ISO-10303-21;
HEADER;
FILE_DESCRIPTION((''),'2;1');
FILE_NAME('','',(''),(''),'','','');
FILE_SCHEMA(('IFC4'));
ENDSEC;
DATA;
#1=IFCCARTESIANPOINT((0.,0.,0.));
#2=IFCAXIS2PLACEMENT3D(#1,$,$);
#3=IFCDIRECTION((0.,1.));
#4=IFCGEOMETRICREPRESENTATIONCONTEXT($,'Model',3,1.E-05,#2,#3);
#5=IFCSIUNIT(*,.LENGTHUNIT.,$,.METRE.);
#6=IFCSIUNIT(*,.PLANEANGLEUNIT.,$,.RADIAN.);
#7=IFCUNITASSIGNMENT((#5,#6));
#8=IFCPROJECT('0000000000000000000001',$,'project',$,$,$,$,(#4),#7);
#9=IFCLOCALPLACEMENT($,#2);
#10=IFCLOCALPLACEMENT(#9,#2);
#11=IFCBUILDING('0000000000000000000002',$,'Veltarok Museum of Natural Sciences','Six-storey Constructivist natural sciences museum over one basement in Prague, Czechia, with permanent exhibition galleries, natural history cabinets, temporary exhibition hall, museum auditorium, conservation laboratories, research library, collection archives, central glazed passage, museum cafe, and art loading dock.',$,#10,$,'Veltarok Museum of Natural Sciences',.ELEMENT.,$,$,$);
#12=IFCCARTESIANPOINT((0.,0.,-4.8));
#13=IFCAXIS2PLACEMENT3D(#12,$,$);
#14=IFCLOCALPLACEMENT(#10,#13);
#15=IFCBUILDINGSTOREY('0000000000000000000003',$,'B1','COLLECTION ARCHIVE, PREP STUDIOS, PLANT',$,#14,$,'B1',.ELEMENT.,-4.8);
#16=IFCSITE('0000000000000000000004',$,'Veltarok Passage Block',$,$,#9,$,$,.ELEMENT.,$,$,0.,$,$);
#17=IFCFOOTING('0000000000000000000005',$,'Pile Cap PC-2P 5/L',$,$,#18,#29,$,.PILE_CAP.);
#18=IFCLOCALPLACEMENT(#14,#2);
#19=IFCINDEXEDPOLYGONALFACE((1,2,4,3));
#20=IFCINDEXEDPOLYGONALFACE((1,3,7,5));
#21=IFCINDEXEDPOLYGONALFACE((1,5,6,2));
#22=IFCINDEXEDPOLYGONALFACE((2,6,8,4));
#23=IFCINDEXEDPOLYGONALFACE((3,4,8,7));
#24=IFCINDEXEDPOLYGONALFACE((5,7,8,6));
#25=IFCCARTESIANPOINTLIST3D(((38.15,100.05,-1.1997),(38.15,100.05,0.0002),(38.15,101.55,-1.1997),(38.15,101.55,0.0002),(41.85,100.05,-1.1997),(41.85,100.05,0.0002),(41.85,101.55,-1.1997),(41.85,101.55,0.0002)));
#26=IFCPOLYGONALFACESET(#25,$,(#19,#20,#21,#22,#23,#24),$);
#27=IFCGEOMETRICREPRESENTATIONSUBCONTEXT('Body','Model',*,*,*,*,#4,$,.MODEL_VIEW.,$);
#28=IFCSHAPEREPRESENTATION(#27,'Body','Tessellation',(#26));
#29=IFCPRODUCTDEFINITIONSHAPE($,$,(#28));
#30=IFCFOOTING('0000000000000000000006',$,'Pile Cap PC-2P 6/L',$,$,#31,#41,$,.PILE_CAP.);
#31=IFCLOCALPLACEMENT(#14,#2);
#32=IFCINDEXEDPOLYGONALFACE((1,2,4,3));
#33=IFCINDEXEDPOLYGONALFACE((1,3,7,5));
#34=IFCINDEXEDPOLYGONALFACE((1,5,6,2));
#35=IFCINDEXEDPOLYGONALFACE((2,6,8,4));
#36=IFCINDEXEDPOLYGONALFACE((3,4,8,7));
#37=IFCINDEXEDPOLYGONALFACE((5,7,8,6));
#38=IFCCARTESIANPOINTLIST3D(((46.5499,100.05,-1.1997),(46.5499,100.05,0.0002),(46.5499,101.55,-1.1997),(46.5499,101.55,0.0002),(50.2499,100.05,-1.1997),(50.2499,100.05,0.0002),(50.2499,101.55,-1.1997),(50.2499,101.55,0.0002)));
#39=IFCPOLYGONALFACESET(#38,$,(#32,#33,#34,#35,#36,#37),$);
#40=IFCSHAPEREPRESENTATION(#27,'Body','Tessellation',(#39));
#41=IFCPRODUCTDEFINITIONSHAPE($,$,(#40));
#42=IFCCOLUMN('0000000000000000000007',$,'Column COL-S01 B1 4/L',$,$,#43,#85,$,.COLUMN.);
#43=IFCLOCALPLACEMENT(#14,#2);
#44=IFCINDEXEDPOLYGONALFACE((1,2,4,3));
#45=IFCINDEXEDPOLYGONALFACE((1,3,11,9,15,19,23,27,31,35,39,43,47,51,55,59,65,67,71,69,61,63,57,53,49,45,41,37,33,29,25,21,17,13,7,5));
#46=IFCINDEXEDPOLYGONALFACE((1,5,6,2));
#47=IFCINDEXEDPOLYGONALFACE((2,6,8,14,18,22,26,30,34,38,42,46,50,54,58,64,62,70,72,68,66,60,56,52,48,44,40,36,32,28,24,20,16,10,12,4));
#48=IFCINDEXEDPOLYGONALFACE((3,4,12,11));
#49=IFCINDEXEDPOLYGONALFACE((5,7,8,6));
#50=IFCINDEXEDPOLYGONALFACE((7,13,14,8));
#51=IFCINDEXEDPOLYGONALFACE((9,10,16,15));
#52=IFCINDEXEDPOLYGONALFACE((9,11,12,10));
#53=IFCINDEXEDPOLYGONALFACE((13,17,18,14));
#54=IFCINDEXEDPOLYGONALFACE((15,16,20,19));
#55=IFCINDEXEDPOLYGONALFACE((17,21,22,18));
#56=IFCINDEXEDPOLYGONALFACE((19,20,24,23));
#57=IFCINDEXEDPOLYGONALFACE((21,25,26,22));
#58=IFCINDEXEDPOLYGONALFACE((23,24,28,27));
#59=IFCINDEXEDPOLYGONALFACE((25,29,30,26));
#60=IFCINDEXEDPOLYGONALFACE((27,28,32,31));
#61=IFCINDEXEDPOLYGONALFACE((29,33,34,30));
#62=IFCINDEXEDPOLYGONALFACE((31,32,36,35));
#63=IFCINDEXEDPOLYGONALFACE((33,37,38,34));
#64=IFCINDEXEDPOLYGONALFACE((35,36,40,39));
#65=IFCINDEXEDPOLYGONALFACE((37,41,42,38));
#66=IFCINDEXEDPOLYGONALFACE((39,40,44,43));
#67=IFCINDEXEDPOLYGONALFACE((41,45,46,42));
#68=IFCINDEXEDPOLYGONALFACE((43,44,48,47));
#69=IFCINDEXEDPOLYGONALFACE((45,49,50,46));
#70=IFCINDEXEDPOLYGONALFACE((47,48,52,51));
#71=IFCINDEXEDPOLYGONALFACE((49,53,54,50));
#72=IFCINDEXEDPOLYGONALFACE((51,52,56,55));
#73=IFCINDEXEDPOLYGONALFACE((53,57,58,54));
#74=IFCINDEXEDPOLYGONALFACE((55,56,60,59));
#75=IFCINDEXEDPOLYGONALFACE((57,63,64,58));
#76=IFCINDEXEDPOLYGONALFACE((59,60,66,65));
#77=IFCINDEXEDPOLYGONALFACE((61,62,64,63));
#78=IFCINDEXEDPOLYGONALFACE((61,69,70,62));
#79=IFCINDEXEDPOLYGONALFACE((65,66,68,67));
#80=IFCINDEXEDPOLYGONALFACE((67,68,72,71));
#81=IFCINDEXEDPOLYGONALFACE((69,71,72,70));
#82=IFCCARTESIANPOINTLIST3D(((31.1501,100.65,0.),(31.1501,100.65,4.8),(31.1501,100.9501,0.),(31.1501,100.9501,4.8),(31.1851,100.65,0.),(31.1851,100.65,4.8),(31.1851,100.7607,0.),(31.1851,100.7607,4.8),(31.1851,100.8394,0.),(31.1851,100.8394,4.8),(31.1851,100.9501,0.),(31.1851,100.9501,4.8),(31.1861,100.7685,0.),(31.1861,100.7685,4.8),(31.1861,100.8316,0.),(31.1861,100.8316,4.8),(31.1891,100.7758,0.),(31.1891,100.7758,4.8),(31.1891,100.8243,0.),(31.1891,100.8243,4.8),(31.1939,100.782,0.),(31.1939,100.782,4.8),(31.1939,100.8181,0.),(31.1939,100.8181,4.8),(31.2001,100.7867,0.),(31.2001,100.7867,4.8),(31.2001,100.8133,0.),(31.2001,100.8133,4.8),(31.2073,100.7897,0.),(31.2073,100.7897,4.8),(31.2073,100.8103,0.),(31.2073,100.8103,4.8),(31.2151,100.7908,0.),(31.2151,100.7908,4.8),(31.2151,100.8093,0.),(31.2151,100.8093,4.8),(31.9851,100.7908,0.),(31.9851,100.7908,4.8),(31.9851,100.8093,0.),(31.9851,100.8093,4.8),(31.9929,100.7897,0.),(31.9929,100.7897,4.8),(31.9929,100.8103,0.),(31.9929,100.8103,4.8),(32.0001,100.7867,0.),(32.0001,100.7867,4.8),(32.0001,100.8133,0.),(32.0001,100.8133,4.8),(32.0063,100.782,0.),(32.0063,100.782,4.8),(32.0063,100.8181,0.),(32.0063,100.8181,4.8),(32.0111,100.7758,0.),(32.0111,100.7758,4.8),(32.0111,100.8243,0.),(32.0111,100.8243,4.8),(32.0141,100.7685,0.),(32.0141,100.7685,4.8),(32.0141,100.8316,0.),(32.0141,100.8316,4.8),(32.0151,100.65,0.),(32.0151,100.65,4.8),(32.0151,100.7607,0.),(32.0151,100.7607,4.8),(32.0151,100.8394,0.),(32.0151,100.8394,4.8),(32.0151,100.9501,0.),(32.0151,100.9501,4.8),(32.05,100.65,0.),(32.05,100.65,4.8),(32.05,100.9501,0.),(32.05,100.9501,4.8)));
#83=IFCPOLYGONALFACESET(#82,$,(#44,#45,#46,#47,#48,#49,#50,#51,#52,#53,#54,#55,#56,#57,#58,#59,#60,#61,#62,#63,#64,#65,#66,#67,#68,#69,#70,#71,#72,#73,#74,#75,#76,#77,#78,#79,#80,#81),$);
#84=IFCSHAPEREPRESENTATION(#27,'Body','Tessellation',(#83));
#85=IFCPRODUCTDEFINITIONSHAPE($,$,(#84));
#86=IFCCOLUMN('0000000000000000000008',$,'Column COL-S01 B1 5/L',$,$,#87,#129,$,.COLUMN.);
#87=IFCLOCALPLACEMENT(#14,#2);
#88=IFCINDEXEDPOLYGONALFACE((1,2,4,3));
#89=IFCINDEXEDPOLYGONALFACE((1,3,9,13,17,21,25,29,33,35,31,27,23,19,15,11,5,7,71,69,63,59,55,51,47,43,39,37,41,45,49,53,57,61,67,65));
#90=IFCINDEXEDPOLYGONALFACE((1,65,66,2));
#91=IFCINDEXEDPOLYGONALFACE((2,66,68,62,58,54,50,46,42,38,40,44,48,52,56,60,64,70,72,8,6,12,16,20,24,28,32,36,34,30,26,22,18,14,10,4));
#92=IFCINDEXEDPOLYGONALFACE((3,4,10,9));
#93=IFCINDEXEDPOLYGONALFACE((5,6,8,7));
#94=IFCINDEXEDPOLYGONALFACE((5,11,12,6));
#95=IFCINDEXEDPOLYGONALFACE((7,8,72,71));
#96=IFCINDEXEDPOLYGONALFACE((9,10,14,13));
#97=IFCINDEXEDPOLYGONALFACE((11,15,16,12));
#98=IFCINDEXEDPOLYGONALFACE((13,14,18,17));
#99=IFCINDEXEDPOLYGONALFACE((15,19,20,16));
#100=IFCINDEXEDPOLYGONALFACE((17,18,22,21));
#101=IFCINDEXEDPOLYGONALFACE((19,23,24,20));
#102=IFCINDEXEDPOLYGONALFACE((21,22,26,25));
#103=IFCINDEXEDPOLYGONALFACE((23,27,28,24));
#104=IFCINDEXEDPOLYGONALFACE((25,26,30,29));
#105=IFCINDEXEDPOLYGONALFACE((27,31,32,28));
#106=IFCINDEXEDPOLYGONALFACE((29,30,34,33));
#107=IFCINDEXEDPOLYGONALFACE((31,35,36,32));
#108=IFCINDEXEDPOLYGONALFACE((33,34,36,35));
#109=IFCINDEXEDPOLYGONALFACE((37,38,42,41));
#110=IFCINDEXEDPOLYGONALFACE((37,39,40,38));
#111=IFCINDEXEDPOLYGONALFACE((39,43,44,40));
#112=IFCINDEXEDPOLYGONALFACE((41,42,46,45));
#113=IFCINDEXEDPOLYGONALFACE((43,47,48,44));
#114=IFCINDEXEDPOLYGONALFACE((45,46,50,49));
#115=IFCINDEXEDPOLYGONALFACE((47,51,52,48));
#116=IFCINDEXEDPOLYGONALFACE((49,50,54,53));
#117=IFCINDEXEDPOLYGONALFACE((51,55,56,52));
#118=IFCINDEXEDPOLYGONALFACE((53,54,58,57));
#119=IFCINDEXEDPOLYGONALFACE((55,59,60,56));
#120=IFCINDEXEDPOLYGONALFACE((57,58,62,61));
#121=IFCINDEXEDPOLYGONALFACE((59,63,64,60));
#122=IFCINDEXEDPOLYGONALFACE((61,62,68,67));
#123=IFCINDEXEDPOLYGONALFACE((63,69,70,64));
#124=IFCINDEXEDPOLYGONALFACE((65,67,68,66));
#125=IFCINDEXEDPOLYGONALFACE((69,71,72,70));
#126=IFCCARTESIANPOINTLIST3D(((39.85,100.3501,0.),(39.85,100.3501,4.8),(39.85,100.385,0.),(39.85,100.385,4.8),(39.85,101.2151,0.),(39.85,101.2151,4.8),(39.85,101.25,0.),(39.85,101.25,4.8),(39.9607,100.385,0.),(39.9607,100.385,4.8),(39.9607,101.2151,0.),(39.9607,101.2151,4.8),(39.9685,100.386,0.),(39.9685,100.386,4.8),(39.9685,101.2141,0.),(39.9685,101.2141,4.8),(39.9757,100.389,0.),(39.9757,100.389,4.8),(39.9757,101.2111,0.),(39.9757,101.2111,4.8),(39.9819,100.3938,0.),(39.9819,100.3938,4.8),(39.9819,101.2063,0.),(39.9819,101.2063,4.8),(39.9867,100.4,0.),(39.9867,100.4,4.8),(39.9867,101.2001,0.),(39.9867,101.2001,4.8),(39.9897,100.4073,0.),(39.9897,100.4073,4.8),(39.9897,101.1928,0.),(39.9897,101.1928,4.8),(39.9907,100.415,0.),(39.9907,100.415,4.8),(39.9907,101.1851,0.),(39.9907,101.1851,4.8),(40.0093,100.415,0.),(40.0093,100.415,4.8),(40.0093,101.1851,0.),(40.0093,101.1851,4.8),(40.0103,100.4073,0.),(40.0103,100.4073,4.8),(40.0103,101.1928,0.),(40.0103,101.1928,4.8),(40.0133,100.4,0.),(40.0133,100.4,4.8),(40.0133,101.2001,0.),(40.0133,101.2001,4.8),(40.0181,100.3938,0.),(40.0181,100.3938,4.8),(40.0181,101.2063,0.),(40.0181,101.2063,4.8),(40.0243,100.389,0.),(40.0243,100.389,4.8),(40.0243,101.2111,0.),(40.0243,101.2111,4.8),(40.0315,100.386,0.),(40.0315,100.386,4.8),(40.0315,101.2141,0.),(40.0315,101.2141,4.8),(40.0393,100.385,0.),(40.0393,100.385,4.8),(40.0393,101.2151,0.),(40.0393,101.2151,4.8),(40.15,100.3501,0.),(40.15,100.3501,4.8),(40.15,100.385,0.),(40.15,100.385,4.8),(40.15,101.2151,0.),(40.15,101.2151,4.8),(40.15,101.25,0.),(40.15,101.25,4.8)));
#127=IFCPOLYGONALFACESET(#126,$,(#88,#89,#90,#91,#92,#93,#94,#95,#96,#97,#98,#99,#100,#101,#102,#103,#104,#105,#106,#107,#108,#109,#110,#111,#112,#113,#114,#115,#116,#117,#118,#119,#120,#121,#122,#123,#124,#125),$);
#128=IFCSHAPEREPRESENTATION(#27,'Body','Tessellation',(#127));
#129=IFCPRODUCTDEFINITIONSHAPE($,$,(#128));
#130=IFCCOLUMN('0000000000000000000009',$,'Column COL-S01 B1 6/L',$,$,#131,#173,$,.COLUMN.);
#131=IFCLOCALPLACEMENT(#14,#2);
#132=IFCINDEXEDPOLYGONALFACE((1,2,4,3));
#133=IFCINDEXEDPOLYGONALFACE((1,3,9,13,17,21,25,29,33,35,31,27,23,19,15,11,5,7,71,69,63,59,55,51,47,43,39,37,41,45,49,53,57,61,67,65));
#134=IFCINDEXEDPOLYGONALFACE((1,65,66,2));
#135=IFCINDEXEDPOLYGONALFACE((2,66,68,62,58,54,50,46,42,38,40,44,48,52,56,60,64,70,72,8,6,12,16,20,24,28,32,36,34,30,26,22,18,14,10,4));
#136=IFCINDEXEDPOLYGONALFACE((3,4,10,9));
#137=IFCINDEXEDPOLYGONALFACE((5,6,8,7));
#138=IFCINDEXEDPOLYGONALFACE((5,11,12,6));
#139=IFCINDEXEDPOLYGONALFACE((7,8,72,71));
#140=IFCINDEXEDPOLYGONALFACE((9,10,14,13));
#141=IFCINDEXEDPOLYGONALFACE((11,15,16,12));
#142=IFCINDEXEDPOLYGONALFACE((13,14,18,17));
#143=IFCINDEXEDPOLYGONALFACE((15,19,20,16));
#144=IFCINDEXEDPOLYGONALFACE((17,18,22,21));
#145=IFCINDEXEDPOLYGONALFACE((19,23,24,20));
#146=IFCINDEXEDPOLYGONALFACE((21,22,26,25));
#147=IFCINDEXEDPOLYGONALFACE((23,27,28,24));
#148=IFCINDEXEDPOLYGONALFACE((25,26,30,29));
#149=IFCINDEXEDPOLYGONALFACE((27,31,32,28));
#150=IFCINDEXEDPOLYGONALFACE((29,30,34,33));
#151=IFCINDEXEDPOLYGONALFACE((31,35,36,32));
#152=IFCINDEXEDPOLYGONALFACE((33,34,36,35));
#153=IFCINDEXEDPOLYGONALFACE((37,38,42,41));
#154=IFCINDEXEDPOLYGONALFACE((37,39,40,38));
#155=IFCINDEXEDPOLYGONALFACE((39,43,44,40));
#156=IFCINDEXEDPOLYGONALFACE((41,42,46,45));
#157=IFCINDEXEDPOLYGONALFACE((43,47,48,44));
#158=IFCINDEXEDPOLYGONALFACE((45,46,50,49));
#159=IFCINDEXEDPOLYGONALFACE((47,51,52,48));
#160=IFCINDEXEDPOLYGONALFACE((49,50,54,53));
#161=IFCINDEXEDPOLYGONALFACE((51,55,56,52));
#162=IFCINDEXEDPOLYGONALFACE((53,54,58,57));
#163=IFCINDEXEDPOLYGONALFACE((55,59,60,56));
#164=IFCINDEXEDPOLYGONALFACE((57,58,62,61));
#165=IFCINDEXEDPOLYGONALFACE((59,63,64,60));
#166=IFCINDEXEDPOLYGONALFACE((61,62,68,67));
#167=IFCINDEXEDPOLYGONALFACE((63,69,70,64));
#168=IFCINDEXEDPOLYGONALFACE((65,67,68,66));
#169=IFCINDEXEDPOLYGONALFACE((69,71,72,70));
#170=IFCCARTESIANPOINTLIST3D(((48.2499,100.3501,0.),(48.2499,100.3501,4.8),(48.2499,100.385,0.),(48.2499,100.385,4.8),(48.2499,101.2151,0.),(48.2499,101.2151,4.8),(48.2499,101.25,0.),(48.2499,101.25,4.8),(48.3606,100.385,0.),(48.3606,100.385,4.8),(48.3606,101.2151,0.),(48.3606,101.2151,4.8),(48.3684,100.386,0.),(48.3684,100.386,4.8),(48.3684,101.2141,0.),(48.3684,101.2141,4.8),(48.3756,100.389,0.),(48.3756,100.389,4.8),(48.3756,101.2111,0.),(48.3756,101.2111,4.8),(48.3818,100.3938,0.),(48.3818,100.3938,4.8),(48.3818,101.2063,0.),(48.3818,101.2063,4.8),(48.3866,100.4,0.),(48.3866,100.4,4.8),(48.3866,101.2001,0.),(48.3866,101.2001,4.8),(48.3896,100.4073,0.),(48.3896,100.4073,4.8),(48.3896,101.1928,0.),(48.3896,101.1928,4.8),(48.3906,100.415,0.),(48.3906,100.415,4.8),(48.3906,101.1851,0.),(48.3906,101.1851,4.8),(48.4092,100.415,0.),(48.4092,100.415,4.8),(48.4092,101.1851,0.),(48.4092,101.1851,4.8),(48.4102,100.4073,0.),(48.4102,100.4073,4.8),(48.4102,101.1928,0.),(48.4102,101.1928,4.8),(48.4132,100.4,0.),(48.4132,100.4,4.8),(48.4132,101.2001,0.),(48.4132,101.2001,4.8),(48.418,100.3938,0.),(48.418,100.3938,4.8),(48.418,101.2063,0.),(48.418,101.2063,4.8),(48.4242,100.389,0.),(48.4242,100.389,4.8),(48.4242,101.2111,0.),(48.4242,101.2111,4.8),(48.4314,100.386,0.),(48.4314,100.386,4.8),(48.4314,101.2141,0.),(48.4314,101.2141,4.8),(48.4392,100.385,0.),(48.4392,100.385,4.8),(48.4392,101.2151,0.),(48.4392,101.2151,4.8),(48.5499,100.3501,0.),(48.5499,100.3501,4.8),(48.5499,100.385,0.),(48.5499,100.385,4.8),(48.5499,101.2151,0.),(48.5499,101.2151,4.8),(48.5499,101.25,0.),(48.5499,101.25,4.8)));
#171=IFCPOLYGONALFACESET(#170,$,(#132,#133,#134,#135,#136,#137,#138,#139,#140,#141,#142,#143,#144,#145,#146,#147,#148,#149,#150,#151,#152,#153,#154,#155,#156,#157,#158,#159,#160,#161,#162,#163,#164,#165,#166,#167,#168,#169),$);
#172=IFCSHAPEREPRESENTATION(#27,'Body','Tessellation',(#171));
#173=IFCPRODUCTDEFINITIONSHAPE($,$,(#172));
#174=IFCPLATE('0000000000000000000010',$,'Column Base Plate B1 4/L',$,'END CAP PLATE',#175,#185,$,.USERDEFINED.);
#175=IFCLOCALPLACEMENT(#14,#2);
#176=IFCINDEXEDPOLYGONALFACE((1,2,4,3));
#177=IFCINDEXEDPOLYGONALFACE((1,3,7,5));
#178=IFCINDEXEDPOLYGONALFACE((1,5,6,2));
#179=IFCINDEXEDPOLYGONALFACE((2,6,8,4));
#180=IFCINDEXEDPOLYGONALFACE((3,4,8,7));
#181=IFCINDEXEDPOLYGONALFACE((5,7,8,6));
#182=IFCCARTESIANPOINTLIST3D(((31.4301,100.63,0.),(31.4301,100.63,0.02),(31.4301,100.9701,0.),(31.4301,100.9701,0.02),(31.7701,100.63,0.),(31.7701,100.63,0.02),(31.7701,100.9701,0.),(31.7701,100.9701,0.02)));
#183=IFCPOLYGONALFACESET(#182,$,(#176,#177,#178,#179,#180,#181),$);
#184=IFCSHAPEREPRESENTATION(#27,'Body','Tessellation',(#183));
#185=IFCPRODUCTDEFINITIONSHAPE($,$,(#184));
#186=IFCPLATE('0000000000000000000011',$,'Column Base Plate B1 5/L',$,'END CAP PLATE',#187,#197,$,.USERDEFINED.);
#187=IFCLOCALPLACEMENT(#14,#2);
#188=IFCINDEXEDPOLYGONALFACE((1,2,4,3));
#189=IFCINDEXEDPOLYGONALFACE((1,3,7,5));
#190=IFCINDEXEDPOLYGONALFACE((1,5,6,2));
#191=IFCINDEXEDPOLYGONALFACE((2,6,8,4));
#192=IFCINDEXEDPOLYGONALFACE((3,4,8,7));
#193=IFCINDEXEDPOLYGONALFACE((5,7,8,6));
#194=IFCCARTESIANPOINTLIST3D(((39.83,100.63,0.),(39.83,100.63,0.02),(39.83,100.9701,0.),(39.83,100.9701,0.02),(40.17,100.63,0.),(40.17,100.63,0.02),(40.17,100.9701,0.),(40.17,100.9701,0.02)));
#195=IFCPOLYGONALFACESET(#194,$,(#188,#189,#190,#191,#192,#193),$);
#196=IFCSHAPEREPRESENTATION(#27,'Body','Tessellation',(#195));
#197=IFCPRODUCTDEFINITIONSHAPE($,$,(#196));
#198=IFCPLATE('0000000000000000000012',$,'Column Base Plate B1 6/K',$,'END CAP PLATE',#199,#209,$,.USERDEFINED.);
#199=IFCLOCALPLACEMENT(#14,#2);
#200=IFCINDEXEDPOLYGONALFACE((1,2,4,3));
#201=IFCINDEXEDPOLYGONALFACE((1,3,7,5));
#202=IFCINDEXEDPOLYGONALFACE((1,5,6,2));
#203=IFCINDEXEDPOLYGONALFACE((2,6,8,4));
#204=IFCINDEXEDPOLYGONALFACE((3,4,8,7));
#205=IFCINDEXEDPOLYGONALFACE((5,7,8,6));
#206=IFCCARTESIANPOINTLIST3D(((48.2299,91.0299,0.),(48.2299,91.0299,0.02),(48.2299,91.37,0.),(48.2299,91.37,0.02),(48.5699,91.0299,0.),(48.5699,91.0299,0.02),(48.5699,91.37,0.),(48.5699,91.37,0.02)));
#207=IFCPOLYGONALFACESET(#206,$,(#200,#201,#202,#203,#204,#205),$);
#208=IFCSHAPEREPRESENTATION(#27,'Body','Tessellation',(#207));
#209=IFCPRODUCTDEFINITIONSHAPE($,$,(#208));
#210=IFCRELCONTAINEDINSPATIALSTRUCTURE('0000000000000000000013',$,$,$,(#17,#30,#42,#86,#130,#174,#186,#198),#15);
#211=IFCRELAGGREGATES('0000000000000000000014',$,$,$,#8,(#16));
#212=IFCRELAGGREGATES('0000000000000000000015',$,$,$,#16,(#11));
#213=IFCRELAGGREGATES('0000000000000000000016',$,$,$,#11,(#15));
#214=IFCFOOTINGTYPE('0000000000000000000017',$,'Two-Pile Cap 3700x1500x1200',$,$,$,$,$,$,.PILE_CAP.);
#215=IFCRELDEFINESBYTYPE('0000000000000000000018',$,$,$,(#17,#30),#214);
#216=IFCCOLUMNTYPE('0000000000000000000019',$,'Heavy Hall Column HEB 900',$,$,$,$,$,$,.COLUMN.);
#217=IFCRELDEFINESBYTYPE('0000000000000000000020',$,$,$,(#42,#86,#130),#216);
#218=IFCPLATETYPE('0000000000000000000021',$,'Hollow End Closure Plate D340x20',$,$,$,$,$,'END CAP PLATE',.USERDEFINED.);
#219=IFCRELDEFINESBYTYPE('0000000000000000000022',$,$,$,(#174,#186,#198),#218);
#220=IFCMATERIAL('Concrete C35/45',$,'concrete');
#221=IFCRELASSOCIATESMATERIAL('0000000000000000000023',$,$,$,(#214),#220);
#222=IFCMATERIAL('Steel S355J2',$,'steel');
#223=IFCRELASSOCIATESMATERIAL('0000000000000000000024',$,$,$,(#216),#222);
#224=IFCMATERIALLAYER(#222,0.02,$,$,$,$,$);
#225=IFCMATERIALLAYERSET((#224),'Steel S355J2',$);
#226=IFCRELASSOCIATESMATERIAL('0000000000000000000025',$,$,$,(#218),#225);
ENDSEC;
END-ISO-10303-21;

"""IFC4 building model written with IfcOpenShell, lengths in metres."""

from ifc_helpers import new_model, si_unit, direction, frame, origin, origin_2d, place, context, subcontext, project, spatial, rectangle, i_section, extrude, material, layer, layer_set, material_profile, profile_set, type_object, element, save


model = new_model("IFC4")

# Units and contexts
model_context = context("Model", 3, precision=1e-05, world=origin(), true_north=direction((0.0, 1.0)))
body_context = subcontext(model_context, "Body", "Model", "MODEL_VIEW")
ifc_project = project(units=[si_unit("LENGTHUNIT", "METRE"), si_unit("PLANEANGLEUNIT", "RADIAN")], contexts=[model_context])

# Site, building, storey
site_placement = place(None, origin())
site = spatial("IfcSite", under=ifc_project, at=site_placement, Name="Veltarok Passage Block", CompositionType="ELEMENT", RefElevation=0.0)
building_placement = place(site_placement, origin())
building = spatial("IfcBuilding", under=site, at=building_placement, Name="Veltarok Museum of Natural Sciences", Description="Six-storey Constructivist natural sciences museum over one basement in Prague, Czechia, with permanent exhibition galleries, natural history cabinets, temporary exhibition hall, museum auditorium, conservation laboratories, research library, collection archives, central glazed passage, museum cafe, and art loading dock.", LongName="Veltarok Museum of Natural Sciences", CompositionType="ELEMENT")
storey_placement = place(building_placement, frame((0.0, 0.0, -4.8)))
storey = spatial("IfcBuildingStorey", under=building, at=storey_placement, Name="B1", Description="COLLECTION ARCHIVE, PREP STUDIOS, PLANT", LongName="B1", CompositionType="ELEMENT", Elevation=-4.8)

# Shared definitions
ifc_material_1 = material(Name="Concrete C35/45", Category="concrete")

# Footings
footing_type_1 = type_object("IfcFootingType", Name="Two-Pile Cap 3700x1500x1200", PredefinedType="PILE_CAP", material=ifc_material_1)
for number, where, z_axis, x_axis, name in (
    (1, (40.0, 100.8, -1.1997), (0.0, 0.0, 1.0), (1.0, 0.0, 0.0), "Pile Cap PC-2P 5/L"),
    (2, (48.3999, 100.8, -1.1997), (0.0, 0.0, 1.0), (1.0, 0.0, 0.0), "Pile Cap PC-2P 6/L"),
):
    element("IfcFooting", number, at=place(storey_placement, frame(where, z_axis=z_axis, x_axis=x_axis)), inside=storey, type_object=footing_type_1, Name=name, PredefinedType="PILE_CAP", context=body_context, shape_type="SweptSolid", body=[
        extrude(rectangle(XDim=3.7, YDim=1.5, at=origin_2d()), origin(), (0.0, 0.0, 1.0), 1.2),
    ])

# Columns
ifc_material_2 = material(Name="Steel S355J2", Category="steel")
ifc_material_profile_1 = material_profile(ifc_material_2, i_section(OverallWidth=0.3, OverallDepth=0.8999, WebThickness=0.0186, FlangeThickness=0.0349, FilletRadius=0.03, at=origin_2d()), Name="HEB 900")
ifc_profile_set_1 = profile_set([ifc_material_profile_1], Name="Steel S355J2")
column_type = type_object("IfcColumnType", Name="Heavy Hall Column HEB 900", PredefinedType="COLUMN", material=ifc_profile_set_1)
for number, where, z_axis, x_axis, name in (
    (3, (31.6001, 100.8, 0.0), (0.0, 0.0, 1.0), (0.0, 1.0, 0.0), "Column COL-S01 B1 4/L"),
    (4, (40.0, 100.8, 0.0), (0.0, 0.0, 1.0), (1.0, 0.0, 0.0), "Column COL-S01 B1 5/L"),
    (5, (48.3999, 100.8, 0.0), (0.0, 0.0, 1.0), (1.0, 0.0, 0.0), "Column COL-S01 B1 6/L"),
):
    element("IfcColumn", number, at=place(storey_placement, frame(where, z_axis=z_axis, x_axis=x_axis)), inside=storey, type_object=column_type, Name=name, PredefinedType="COLUMN", context=body_context, shape_type="SweptSolid", body=[
        extrude(i_section(OverallWidth=0.3, OverallDepth=0.8999, WebThickness=0.0186, FlangeThickness=0.0349, FilletRadius=0.03, at=origin_2d()), origin(), (0.0, 0.0, 1.0), 4.8),
    ])

# Plates
ifc_layer = layer(ifc_material_2, 0.02)
ifc_layer_set = layer_set([ifc_layer], Name="Steel S355J2")
plate_type = type_object("IfcPlateType", Name="Hollow End Closure Plate D340x20", ElementType="END CAP PLATE", PredefinedType="USERDEFINED", material=ifc_layer_set)
for number, where, z_axis, x_axis, name in (
    (6, (31.6001, 100.8, 0.0), (0.0, 0.0, 1.0), (1.0, 0.0, 0.0), "Column Base Plate B1 4/L"),
    (7, (40.0, 100.8, 0.0), (0.0, 0.0, 1.0), (1.0, 0.0, 0.0), "Column Base Plate B1 5/L"),
    (8, (48.3999, 91.2, 0.0), (0.0, 0.0, 1.0), (1.0, 0.0, 0.0), "Column Base Plate B1 6/K"),
):
    element("IfcPlate", number, at=place(storey_placement, frame(where, z_axis=z_axis, x_axis=x_axis)), inside=storey, type_object=plate_type, Name=name, ObjectType="END CAP PLATE", PredefinedType="USERDEFINED", context=body_context, shape_type="SweptSolid", body=[
        extrude(rectangle(XDim=0.3401, YDim=0.3401, at=origin_2d()), origin(), (0.0, 0.0, 1.0), 0.02),
    ])

save(model, "model.ifc")
